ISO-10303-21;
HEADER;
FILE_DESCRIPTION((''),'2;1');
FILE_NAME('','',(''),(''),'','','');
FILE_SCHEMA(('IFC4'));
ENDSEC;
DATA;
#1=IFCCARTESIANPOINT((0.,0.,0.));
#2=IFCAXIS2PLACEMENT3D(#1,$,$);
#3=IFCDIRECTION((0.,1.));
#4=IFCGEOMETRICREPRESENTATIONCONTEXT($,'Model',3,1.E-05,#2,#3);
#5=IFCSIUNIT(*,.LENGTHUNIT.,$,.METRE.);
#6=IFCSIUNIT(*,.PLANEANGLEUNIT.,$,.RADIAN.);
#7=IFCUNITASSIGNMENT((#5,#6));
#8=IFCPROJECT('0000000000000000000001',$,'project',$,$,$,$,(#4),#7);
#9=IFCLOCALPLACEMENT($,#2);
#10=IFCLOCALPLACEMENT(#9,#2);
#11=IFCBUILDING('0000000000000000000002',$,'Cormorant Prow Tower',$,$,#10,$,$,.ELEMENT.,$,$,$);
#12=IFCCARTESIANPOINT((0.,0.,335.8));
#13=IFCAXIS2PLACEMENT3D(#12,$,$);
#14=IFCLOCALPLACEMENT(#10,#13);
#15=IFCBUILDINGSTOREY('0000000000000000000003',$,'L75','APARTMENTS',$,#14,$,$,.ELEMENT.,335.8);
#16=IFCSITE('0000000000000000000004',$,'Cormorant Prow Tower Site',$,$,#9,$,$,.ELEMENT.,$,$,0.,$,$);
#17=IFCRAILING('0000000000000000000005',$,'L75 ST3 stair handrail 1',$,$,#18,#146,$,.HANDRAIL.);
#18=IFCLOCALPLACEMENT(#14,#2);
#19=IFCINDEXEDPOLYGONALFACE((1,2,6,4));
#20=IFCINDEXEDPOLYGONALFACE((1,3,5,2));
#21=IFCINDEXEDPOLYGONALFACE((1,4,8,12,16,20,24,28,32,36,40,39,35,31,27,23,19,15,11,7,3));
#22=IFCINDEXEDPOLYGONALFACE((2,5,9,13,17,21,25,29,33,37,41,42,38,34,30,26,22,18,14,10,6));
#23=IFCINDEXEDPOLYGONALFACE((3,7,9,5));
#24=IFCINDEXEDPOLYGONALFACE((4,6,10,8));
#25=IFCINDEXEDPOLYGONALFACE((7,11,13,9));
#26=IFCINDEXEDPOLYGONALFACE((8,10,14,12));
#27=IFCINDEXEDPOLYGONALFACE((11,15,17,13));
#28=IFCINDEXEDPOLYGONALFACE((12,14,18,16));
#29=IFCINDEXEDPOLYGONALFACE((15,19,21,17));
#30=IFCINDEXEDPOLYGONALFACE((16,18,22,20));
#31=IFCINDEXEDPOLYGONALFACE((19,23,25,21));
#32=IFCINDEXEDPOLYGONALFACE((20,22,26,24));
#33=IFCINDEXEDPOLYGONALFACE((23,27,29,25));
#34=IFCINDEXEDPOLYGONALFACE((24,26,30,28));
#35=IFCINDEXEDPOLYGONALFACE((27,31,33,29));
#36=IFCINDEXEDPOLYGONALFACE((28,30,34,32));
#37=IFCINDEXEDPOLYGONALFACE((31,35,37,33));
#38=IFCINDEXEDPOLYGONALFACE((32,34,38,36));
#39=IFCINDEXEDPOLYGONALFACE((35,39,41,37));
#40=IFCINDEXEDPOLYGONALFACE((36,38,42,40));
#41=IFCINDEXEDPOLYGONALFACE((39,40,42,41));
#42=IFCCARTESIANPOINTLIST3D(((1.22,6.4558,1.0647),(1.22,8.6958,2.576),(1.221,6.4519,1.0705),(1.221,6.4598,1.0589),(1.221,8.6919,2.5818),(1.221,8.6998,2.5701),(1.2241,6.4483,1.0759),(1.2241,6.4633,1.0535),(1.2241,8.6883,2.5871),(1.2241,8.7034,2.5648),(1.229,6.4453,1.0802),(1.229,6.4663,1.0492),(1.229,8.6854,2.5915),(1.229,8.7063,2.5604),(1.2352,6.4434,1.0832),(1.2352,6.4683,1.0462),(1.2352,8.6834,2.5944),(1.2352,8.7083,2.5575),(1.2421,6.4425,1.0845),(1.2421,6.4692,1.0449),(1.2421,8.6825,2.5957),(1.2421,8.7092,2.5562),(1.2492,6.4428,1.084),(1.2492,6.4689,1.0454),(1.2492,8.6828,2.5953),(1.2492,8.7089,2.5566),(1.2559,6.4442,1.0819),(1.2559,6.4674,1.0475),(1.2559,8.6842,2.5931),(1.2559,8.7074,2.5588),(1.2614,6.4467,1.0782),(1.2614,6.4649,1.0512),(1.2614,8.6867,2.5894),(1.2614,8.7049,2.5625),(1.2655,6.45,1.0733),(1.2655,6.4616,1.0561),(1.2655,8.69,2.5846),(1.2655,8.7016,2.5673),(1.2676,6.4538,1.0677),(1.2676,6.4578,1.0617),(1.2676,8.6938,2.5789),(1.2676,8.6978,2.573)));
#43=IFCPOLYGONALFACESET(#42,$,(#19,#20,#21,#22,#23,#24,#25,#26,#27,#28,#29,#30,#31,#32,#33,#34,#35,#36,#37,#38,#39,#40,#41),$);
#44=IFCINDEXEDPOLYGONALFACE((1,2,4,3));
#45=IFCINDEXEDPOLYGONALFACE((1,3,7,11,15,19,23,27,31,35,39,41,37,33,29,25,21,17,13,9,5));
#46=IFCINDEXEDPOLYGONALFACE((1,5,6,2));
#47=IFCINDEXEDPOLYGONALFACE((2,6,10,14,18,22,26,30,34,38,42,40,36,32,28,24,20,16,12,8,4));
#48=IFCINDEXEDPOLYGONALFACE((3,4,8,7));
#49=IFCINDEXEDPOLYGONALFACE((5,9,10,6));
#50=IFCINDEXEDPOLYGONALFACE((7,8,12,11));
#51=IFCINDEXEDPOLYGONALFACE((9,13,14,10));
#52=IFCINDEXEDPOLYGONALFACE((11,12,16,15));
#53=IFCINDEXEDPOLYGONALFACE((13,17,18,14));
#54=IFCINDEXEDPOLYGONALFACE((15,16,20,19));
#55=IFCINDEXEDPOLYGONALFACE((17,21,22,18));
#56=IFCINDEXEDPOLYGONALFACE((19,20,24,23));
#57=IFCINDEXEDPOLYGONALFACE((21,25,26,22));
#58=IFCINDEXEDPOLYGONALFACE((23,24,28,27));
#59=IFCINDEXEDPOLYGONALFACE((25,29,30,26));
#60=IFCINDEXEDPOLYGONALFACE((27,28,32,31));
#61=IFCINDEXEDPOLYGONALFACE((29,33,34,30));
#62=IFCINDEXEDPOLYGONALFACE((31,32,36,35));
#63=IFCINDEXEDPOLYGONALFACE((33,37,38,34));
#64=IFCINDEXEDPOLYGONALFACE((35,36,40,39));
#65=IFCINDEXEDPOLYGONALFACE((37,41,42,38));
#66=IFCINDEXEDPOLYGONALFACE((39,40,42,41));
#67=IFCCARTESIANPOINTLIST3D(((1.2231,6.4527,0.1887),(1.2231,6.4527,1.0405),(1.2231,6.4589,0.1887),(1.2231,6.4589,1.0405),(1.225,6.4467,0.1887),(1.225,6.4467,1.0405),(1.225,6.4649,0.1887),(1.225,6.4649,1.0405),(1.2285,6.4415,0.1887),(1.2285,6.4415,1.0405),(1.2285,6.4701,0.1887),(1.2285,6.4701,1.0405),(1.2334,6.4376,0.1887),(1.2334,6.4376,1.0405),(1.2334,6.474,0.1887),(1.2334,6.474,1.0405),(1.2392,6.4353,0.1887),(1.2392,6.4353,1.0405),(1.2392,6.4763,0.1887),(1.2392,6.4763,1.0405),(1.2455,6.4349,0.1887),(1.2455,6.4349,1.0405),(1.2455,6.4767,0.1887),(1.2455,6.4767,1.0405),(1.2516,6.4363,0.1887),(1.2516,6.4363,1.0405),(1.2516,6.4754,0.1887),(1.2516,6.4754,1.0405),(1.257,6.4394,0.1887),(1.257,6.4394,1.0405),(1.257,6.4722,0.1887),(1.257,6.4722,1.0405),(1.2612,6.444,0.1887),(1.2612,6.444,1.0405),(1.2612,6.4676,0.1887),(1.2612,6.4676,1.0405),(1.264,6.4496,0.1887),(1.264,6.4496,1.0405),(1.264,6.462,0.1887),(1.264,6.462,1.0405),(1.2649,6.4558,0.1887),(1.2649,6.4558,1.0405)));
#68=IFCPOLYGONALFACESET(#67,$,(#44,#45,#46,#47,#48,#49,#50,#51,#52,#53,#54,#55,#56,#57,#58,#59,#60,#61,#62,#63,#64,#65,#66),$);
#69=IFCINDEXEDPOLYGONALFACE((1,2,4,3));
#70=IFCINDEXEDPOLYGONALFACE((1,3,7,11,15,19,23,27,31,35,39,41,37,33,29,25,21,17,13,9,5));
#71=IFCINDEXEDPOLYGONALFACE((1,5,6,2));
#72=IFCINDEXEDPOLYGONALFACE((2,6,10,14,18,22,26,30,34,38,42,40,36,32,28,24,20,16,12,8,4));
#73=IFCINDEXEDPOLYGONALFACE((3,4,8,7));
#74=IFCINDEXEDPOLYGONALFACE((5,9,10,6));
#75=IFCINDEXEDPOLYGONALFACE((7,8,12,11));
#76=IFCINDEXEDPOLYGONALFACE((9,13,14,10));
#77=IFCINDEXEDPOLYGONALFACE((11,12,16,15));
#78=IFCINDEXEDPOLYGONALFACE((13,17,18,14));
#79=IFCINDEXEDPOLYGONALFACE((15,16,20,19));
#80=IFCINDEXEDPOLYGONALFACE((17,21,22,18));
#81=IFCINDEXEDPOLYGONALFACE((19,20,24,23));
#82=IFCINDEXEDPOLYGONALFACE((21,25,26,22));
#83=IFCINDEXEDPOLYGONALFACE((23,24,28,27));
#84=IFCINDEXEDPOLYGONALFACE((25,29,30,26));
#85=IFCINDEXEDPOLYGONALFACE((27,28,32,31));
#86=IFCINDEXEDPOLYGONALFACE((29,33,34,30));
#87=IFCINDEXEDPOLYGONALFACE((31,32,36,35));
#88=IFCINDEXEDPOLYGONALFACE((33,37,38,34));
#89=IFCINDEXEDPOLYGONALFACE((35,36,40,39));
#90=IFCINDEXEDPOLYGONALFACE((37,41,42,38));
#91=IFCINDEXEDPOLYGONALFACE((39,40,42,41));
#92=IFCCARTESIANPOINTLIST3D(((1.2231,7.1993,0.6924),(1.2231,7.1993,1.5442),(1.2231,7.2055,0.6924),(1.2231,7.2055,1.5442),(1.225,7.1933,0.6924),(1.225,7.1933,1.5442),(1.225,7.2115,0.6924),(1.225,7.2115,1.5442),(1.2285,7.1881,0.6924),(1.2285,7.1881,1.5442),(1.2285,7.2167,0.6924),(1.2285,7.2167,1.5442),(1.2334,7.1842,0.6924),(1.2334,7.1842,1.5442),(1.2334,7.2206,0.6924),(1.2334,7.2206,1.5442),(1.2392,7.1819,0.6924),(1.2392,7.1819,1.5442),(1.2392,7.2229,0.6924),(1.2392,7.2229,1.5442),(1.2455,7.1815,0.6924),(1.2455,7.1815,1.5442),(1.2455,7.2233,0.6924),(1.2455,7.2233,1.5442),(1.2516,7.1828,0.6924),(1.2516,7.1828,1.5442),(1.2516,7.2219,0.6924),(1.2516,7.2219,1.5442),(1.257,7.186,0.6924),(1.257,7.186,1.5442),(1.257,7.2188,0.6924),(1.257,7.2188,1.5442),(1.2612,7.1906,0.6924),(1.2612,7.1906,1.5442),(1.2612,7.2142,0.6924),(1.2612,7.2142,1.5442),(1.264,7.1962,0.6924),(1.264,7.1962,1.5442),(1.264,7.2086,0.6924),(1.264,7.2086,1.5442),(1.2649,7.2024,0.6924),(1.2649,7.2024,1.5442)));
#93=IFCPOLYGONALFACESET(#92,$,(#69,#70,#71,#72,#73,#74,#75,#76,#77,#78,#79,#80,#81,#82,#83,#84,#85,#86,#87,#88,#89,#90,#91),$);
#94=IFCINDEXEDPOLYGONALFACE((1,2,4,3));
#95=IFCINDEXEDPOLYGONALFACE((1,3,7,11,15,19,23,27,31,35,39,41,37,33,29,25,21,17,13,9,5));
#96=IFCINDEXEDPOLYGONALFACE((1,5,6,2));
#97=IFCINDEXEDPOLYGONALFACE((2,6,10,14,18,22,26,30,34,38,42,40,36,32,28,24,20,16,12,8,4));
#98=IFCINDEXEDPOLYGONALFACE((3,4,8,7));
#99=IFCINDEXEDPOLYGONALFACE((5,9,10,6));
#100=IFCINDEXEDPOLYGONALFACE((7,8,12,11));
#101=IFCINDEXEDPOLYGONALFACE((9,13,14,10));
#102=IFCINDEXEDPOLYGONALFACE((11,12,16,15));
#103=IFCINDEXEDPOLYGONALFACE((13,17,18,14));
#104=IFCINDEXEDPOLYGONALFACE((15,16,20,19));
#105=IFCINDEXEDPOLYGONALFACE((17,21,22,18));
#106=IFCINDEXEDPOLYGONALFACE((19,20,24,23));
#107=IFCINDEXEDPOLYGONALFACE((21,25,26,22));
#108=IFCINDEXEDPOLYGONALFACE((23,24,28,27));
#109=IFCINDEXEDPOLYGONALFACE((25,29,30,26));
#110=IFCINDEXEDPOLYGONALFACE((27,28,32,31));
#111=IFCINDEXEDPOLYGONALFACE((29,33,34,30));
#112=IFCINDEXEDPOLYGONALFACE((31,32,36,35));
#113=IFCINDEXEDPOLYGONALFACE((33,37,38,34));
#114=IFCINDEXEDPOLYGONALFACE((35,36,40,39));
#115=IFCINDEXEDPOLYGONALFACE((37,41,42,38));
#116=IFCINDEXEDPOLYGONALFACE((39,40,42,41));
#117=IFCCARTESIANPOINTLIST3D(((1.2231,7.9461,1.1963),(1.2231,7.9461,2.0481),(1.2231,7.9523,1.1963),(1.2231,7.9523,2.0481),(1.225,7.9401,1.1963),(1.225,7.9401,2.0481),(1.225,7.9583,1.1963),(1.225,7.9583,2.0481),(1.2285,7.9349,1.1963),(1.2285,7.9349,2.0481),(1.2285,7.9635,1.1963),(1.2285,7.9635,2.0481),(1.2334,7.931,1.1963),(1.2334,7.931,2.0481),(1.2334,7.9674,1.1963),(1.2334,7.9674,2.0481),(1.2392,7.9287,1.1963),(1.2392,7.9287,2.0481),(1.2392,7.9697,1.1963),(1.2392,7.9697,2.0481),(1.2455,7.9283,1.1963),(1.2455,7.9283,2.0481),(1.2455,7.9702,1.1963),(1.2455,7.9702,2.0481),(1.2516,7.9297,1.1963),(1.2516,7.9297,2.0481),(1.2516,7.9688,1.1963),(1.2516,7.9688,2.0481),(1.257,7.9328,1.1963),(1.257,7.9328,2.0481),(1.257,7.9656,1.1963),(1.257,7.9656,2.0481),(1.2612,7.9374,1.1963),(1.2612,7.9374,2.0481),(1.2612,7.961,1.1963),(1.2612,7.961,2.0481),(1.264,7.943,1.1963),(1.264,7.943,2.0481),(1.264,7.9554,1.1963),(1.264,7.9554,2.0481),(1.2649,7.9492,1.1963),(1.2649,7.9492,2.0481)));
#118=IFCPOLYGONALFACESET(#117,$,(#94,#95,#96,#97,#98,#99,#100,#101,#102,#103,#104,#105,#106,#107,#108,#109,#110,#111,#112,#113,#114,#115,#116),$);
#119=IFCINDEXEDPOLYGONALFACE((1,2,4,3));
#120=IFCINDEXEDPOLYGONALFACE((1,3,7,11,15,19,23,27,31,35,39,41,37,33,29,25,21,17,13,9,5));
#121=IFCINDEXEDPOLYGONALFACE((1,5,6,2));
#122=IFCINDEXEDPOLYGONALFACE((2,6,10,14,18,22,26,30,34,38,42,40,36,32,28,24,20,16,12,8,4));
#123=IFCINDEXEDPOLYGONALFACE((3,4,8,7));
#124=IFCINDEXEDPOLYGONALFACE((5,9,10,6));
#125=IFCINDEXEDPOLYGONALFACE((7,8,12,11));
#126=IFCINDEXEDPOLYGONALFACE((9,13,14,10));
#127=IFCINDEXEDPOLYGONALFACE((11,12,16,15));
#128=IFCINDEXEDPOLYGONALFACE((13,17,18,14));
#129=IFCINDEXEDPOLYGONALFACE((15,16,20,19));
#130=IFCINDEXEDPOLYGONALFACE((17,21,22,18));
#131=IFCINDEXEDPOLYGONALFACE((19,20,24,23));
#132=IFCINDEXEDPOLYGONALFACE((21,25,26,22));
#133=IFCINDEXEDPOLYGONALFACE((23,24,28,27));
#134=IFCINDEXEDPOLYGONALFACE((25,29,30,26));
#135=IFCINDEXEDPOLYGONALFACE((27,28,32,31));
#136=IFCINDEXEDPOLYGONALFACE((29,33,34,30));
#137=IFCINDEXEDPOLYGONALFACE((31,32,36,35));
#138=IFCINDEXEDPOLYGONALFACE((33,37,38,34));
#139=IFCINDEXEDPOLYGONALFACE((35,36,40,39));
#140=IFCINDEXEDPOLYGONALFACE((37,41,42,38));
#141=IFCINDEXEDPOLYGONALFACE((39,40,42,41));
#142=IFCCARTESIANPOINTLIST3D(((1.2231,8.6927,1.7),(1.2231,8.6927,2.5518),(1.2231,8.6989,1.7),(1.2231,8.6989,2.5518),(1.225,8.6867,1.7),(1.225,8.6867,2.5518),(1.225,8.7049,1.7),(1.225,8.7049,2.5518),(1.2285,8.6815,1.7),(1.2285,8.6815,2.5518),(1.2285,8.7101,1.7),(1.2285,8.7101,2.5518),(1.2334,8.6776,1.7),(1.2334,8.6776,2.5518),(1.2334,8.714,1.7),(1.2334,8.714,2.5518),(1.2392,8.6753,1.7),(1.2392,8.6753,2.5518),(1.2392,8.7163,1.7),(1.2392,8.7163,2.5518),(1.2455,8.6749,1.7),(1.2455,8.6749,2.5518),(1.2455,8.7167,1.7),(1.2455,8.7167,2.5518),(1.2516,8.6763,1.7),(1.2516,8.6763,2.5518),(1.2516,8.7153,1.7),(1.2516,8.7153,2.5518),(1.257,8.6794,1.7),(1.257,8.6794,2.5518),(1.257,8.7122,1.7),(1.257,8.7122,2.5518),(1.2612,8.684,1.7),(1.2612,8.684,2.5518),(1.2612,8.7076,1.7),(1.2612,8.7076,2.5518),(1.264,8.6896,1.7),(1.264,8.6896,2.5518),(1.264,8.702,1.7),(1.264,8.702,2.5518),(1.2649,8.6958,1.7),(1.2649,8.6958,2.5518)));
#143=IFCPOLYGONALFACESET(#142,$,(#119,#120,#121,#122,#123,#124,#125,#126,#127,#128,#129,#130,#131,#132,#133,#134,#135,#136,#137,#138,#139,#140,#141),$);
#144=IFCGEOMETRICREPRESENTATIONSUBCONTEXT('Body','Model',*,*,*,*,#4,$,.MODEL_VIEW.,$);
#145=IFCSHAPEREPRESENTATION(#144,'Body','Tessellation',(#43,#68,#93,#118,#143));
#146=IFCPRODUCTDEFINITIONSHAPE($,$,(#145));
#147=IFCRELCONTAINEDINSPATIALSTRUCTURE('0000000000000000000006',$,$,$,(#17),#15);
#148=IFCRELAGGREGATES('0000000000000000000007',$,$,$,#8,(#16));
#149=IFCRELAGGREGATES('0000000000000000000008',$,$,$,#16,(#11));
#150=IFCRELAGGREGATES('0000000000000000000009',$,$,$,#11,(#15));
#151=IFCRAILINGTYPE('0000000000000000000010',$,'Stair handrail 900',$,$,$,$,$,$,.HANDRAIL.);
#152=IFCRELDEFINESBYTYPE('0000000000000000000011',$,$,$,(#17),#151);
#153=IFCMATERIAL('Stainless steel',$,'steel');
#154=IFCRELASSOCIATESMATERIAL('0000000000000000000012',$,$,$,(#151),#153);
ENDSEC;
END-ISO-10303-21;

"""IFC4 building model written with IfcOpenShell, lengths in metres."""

from ifc_helpers import new_model, si_unit, direction, frame, origin, origin_2d, place, context, subcontext, project, spatial, circle, extrude, material, type_object, element, save


model = new_model("IFC4")

# Units and contexts
model_context = context("Model", 3, precision=1e-05, world=origin(), true_north=direction((0.0, 1.0)))
body_context = subcontext(model_context, "Body", "Model", "MODEL_VIEW")
ifc_project = project(units=[si_unit("LENGTHUNIT", "METRE"), si_unit("PLANEANGLEUNIT", "RADIAN")], contexts=[model_context])

# Site, building, storey
site_placement = place(None, origin())
site = spatial("IfcSite", under=ifc_project, at=site_placement, Name="Cormorant Prow Tower Site", CompositionType="ELEMENT", RefElevation=0.0)
building_placement = place(site_placement, origin())
building = spatial("IfcBuilding", under=site, at=building_placement, Name="Cormorant Prow Tower", CompositionType="ELEMENT")
storey_placement = place(building_placement, frame((0.0, 0.0, 335.8)))
storey = spatial("IfcBuildingStorey", under=building, at=storey_placement, Name="L75", Description="APARTMENTS", CompositionType="ELEMENT", Elevation=335.8)

# Railing
ifc_material_1 = material(Name="Stainless steel", Category="steel")
railing_type_1 = type_object("IfcRailingType", Name="Stair handrail 900", PredefinedType="HANDRAIL", material=ifc_material_1)
railing_1_placement = place(storey_placement, frame((1.2439, 6.4558, 0.1887)))
element("IfcRailing", 1, at=railing_1_placement, inside=storey, type_object=railing_type_1, Name="L75 ST3 stair handrail 1", PredefinedType="HANDRAIL", context=body_context, shape_type="SweptSolid", body=[
    extrude(circle(Radius=0.0239, at=origin_2d()), frame((0.0, 0.0, 0.876), z_axis=(0.0, 0.82898, 0.559279), x_axis=(-1.0, 0.0, 0.0)), (0.0, 0.0, 1.0), 2.7021),
    extrude(circle(Radius=0.021, at=origin_2d()), origin(), (0.0, 0.0, 1.0), 0.8518),
    extrude(circle(Radius=0.021, at=origin_2d()), frame((0.0, 0.7466, 0.5037)), (0.0, 0.0, 1.0), 0.8518),
    extrude(circle(Radius=0.021, at=origin_2d()), frame((0.0, 1.4934, 1.0076)), (0.0, 0.0, 1.0), 0.8518),
    extrude(circle(Radius=0.021, at=origin_2d()), frame((0.0, 2.24, 1.5112)), (0.0, 0.0, 1.0), 0.8518),
])

save(model, "model.ifc")
